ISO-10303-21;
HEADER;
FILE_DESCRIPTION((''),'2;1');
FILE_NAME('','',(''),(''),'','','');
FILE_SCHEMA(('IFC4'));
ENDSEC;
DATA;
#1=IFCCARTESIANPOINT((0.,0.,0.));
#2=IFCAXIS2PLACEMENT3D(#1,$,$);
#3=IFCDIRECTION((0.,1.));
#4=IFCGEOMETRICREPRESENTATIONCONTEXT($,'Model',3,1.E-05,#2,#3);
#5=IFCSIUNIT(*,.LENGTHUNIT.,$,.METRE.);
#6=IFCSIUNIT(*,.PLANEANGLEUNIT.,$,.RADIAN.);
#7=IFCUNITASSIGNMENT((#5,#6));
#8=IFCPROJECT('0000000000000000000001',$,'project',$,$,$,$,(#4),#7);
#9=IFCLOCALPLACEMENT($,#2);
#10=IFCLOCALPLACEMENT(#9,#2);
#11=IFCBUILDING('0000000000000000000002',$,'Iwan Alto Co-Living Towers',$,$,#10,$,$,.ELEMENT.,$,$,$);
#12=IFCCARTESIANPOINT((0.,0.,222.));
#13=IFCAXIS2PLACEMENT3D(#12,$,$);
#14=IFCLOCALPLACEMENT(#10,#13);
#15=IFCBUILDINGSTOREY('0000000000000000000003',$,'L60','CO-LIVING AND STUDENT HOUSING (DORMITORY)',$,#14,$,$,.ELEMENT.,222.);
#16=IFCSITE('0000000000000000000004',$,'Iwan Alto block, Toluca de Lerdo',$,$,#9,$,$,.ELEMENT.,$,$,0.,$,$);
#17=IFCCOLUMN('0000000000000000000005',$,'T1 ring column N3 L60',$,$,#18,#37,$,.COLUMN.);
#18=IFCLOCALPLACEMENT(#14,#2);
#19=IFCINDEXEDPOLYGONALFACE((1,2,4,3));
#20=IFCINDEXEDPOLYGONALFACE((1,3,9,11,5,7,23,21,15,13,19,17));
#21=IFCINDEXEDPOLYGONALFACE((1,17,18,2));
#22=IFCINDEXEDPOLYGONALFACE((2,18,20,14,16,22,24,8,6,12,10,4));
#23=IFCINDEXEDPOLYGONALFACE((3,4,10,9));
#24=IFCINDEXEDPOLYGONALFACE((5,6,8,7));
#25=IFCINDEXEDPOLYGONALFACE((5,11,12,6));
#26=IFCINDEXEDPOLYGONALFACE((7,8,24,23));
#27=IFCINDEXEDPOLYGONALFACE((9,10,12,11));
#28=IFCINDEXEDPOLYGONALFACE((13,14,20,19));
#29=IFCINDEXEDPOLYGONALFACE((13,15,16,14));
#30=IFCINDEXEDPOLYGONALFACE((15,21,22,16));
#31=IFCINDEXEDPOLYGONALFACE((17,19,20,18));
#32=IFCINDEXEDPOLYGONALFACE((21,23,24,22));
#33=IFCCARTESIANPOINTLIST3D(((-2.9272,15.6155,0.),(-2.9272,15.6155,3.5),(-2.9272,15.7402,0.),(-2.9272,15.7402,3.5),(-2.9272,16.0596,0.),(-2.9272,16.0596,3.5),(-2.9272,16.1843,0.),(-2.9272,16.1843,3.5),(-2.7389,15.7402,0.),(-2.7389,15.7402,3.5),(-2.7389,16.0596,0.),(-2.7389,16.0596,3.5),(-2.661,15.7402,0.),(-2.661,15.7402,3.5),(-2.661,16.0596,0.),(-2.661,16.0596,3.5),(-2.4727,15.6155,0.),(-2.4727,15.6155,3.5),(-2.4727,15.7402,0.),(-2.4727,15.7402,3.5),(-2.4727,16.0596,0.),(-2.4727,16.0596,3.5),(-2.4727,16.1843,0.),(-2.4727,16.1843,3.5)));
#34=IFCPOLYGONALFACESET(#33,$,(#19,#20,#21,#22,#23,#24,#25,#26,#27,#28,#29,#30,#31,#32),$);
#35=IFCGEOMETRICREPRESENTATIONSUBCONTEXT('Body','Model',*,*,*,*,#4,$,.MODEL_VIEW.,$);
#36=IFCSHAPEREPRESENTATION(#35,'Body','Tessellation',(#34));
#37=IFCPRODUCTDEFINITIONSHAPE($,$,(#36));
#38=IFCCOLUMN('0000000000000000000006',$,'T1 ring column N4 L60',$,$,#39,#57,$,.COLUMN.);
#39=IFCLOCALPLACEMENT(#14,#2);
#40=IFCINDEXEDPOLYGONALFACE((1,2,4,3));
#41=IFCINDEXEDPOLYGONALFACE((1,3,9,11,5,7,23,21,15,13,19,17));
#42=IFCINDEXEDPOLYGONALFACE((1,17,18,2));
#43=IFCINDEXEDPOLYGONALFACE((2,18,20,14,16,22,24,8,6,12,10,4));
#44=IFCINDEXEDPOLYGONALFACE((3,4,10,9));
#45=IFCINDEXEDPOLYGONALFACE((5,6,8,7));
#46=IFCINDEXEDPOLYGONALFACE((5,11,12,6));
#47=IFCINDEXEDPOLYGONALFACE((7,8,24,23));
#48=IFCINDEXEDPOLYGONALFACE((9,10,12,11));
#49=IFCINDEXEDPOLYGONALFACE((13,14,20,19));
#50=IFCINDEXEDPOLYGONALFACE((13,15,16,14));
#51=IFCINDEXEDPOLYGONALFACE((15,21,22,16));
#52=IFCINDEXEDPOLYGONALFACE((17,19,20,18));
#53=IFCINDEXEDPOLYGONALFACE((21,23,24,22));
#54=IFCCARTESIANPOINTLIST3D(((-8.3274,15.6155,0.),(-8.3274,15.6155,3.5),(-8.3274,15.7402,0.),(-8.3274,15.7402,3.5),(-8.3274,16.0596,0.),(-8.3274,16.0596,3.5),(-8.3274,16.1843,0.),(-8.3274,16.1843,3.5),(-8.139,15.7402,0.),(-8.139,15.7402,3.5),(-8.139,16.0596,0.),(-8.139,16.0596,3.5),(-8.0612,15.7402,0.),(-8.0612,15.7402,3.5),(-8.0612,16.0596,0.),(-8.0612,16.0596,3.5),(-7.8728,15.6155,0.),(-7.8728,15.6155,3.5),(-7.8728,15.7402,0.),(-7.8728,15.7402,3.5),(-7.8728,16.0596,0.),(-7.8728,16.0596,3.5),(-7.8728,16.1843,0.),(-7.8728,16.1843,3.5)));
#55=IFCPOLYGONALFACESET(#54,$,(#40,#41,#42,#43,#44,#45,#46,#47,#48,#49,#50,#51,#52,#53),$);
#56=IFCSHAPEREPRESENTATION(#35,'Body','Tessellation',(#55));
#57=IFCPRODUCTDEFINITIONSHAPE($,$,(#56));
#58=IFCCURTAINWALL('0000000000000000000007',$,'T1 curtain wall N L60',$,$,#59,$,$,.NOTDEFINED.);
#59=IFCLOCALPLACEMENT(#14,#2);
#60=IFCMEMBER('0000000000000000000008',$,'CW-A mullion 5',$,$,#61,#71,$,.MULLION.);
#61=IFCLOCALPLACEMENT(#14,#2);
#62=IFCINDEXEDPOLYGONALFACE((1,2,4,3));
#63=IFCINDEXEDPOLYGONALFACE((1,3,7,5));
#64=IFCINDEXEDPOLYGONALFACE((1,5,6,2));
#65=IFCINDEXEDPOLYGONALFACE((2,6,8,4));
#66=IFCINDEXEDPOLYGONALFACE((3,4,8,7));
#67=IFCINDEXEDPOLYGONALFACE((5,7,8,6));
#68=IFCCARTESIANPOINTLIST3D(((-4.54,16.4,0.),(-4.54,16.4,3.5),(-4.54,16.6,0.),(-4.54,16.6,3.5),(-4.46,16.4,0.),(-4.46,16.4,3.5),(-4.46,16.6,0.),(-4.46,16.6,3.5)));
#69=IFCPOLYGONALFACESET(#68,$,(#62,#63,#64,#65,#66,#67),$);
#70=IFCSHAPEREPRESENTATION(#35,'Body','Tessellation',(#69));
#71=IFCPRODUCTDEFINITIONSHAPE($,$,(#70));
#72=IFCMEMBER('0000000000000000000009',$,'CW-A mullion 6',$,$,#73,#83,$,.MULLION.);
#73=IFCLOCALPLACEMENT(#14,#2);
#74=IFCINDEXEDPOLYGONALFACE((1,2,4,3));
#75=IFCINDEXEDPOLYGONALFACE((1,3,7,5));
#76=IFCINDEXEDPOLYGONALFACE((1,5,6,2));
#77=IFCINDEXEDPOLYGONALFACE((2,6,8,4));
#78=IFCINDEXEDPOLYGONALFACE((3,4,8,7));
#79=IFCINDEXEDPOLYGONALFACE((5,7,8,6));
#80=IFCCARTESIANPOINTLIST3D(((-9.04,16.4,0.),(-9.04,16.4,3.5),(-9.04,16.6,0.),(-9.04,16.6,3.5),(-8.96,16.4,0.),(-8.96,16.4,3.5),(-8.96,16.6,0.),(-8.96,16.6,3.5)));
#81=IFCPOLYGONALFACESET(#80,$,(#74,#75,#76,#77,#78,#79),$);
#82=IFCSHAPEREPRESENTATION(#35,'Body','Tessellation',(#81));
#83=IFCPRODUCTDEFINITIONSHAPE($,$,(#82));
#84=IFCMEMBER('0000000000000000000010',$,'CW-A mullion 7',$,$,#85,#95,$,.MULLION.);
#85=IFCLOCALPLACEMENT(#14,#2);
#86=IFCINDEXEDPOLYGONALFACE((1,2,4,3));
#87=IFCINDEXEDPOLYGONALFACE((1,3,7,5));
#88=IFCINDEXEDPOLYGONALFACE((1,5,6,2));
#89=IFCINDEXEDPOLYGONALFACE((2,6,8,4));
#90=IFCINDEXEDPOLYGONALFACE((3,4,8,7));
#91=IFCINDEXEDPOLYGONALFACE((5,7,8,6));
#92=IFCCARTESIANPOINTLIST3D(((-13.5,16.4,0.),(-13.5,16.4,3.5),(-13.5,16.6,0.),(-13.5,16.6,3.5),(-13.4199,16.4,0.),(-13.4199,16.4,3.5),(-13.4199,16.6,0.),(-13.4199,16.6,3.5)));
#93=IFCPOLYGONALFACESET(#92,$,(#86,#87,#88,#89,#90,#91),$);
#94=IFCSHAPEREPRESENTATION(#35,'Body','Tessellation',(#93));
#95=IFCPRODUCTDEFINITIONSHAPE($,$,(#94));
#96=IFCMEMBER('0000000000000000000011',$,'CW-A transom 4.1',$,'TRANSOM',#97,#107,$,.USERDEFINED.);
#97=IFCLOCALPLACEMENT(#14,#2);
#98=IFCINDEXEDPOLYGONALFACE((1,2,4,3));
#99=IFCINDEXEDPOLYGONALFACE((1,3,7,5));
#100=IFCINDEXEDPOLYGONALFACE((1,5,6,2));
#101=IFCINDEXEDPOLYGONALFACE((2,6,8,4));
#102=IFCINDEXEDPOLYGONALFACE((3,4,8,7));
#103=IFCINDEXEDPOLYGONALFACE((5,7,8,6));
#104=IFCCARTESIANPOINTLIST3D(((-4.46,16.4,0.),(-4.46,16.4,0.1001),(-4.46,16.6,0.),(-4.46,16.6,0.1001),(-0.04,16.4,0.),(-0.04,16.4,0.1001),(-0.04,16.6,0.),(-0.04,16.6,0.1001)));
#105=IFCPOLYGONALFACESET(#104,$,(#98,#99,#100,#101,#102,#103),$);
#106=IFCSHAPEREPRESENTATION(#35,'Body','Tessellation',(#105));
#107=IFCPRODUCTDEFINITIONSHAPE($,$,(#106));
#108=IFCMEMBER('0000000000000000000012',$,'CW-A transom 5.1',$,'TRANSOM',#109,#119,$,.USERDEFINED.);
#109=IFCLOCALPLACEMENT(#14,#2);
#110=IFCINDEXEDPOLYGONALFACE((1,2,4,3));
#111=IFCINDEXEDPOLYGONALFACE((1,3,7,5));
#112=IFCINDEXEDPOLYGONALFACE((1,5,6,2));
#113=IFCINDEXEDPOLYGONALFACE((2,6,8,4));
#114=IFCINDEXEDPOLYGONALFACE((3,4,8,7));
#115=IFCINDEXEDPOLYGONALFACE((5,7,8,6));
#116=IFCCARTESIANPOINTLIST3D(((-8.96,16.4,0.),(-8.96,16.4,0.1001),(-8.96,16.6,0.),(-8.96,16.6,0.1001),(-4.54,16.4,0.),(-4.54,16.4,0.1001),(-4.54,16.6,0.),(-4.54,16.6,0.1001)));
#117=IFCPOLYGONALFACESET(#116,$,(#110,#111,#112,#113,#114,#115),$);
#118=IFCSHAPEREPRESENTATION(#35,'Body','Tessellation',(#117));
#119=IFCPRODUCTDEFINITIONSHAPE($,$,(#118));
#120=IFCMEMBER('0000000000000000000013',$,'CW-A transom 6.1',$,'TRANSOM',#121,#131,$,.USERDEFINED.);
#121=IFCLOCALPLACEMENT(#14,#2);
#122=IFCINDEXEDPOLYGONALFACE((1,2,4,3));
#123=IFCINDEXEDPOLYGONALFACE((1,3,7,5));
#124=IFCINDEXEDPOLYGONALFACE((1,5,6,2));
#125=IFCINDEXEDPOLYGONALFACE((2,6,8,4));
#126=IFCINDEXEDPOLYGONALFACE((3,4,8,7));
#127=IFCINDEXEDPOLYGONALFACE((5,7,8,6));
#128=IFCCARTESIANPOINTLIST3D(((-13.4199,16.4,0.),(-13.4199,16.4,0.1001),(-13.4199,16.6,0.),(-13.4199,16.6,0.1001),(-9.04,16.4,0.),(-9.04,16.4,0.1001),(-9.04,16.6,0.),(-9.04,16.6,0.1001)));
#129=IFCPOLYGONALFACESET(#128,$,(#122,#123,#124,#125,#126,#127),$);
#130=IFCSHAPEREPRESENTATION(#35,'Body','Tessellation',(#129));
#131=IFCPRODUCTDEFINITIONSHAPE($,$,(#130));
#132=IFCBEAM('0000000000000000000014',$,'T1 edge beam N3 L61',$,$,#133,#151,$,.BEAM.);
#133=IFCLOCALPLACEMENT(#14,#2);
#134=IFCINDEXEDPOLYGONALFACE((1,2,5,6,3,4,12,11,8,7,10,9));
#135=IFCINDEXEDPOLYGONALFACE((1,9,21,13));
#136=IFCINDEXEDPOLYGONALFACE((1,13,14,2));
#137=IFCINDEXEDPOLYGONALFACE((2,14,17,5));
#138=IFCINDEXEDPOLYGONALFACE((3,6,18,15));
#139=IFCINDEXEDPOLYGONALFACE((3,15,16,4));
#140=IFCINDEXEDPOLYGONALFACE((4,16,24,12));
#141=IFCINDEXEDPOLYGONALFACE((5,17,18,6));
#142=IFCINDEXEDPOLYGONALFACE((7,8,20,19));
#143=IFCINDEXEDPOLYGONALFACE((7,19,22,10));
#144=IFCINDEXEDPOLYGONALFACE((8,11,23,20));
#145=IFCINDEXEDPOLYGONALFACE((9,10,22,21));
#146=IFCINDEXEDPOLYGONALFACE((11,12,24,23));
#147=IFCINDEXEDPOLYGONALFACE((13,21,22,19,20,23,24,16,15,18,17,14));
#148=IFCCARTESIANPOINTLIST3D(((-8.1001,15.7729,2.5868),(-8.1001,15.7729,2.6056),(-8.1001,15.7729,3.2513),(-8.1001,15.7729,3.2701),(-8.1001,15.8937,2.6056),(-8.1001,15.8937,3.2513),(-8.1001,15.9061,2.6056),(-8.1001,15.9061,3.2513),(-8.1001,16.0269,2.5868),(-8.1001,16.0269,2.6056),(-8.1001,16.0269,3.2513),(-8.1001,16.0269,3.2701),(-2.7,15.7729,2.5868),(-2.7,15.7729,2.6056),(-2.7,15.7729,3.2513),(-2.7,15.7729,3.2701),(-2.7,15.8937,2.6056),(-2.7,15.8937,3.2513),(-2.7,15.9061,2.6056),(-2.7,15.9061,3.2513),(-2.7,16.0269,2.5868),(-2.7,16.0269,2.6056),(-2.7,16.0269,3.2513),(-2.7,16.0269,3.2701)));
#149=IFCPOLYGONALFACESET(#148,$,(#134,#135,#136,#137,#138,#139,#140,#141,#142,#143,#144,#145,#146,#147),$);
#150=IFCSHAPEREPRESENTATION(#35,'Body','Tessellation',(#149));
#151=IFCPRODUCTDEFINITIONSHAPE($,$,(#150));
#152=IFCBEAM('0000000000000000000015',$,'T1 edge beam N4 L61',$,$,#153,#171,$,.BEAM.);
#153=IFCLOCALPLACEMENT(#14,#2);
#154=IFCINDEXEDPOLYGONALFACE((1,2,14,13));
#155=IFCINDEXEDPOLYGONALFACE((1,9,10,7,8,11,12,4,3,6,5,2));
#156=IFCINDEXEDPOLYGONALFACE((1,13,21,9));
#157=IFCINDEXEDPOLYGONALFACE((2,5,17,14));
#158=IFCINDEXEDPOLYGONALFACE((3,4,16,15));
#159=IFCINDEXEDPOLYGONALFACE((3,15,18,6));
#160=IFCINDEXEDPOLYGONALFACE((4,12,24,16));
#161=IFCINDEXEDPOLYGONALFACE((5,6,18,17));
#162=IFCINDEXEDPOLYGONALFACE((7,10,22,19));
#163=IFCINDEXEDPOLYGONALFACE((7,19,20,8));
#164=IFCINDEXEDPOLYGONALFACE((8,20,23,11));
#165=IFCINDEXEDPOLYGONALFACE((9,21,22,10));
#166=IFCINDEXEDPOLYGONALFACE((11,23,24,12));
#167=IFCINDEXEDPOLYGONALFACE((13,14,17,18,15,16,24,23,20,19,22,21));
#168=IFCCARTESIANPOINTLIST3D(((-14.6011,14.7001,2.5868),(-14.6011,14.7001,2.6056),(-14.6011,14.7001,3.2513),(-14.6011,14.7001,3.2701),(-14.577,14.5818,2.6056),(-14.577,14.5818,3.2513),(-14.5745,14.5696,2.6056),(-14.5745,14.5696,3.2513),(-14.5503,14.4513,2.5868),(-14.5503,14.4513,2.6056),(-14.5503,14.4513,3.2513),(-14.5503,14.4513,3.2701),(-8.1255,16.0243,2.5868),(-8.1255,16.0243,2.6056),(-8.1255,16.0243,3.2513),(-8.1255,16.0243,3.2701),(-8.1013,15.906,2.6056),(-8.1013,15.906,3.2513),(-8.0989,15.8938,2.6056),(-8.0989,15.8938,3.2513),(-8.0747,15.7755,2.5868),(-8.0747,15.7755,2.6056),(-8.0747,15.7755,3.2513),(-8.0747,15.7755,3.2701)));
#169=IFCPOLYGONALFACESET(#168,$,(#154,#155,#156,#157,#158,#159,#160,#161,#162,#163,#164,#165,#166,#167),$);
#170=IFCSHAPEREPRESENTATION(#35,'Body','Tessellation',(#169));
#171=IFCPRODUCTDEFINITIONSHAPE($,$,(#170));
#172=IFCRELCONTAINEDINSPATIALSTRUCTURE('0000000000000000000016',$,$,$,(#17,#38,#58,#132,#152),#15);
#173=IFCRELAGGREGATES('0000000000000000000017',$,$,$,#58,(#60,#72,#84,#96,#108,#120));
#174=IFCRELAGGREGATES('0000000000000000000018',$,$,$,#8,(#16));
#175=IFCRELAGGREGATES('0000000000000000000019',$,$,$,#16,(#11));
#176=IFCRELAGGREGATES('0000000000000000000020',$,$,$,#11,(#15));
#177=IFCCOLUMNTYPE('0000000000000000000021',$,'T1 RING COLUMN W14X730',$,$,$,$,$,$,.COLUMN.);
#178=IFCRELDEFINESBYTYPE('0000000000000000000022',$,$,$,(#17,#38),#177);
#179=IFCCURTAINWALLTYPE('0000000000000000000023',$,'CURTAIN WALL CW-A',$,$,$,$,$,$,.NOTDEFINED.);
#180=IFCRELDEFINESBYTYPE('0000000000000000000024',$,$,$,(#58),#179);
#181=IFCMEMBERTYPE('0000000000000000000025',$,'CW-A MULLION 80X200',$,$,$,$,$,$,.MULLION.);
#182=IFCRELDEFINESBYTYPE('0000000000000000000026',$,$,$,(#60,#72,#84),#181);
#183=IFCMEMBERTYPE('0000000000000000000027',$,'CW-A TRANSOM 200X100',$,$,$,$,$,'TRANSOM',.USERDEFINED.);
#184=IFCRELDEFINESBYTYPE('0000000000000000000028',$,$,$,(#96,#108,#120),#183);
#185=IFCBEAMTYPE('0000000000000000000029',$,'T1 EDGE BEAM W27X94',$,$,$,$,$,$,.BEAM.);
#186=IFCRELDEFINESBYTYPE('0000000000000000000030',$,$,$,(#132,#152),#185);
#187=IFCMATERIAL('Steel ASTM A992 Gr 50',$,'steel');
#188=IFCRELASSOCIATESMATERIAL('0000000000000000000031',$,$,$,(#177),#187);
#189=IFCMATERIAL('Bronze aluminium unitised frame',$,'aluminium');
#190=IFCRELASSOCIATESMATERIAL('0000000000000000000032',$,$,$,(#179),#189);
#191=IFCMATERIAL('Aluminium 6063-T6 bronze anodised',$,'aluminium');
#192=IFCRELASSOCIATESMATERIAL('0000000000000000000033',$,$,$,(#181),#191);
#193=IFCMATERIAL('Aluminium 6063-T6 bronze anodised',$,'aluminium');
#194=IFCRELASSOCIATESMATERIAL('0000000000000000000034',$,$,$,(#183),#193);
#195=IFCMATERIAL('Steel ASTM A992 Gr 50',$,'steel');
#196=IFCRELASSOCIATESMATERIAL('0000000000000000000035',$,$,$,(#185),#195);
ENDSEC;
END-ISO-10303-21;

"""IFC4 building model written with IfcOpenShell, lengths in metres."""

from ifc_helpers import new_model, si_unit, direction, frame, origin, origin_2d, place, context, subcontext, project, spatial, rectangle, i_section, extrude, material, material_profile, profile_set, type_object, element, aggregate, save


model = new_model("IFC4")

# Units and contexts
model_context = context("Model", 3, precision=1e-05, world=origin(), true_north=direction((0.0, 1.0)))
body_context = subcontext(model_context, "Body", "Model", "MODEL_VIEW")
ifc_project = project(units=[si_unit("LENGTHUNIT", "METRE"), si_unit("PLANEANGLEUNIT", "RADIAN")], contexts=[model_context])

# Site, building, storey
site_placement = place(None, origin())
site = spatial("IfcSite", under=ifc_project, at=site_placement, Name="Iwan Alto block, Toluca de Lerdo", CompositionType="ELEMENT", RefElevation=0.0)
building_placement = place(site_placement, origin())
building = spatial("IfcBuilding", under=site, at=building_placement, Name="Iwan Alto Co-Living Towers", CompositionType="ELEMENT")
storey_placement = place(building_placement, frame((0.0, 0.0, 222.0)))
storey = spatial("IfcBuildingStorey", under=building, at=storey_placement, Name="L60", Description="CO-LIVING AND STUDENT HOUSING (DORMITORY)", CompositionType="ELEMENT", Elevation=222.0)

# Columns
ifc_material_1 = material(Name="Steel ASTM A992 Gr 50", Category="steel")
ifc_material_profile_1 = material_profile(ifc_material_1, i_section(OverallWidth=0.4546, OverallDepth=0.5688, WebThickness=0.0779, FlangeThickness=0.1248, at=origin_2d()), Name="W14X730")
ifc_profile_set_1 = profile_set([ifc_material_profile_1], Name="Steel ASTM A992 Gr 50")
column_type = type_object("IfcColumnType", Name="T1 RING COLUMN W14X730", PredefinedType="COLUMN", material=ifc_profile_set_1)
for number, where, z_axis, x_axis, name in (
    (1, (-2.7, 15.8999, 0.0), (0.0, 0.0, 1.0), (1.0, 0.0, 0.0), "T1 ring column N3 L60"),
    (2, (-8.1001, 15.8999, 0.0), (0.0, 0.0, 1.0), (1.0, 0.0, 0.0), "T1 ring column N4 L60"),
):
    element("IfcColumn", number, at=place(storey_placement, frame(where, z_axis=z_axis, x_axis=x_axis)), inside=storey, type_object=column_type, Name=name, PredefinedType="COLUMN", context=body_context, shape_type="SweptSolid", body=[
        extrude(i_section(OverallWidth=0.4546, OverallDepth=0.5688, WebThickness=0.0779, FlangeThickness=0.1248, at=origin_2d()), origin(), (0.0, 0.0, 1.0), 3.5),
    ])

# Curtain wall, members
ifc_material_2 = material(Name="Bronze aluminium unitised frame", Category="aluminium")
curtain_wall_type = type_object("IfcCurtainWallType", Name="CURTAIN WALL CW-A", PredefinedType="NOTDEFINED", material=ifc_material_2)
curtain_wall_placement = place(storey_placement, origin())
curtain_wall = element("IfcCurtainWall", 3, at=curtain_wall_placement, inside=storey, type_object=curtain_wall_type, Name="T1 curtain wall N L60", PredefinedType="NOTDEFINED")
ifc_material_3 = material(Name="Aluminium 6063-T6 bronze anodised", Category="aluminium")
ifc_material_profile_2 = material_profile(ifc_material_3, rectangle(XDim=0.2, YDim=0.0801, at=origin_2d()), Name="AL 80X200")
ifc_profile_set_2 = profile_set([ifc_material_profile_2], Name="Aluminium 6063-T6 bronze anodised")
member_type_1 = type_object("IfcMemberType", Name="CW-A MULLION 80X200", PredefinedType="MULLION", material=ifc_profile_set_2)
member_1_placement = place(storey_placement, frame((-4.5, 16.5, 0.0), z_axis=(0.0, 0.0, 1.0), x_axis=(0.0, -1.0, 0.0)))
member_1 = element("IfcMember", 4, at=member_1_placement, type_object=member_type_1, Name="CW-A mullion 5", PredefinedType="MULLION", context=body_context, shape_type="SweptSolid", body=[
    extrude(rectangle(XDim=0.2, YDim=0.0801, at=origin_2d()), origin(), (0.0, 0.0, 1.0), 3.5),
])
member_2_placement = place(storey_placement, frame((-9.0, 16.5, 0.0), z_axis=(0.0, 0.0, 1.0), x_axis=(0.0, -1.0, 0.0)))
member_2 = element("IfcMember", 5, at=member_2_placement, type_object=member_type_1, Name="CW-A mullion 6", PredefinedType="MULLION", context=body_context, shape_type="SweptSolid", body=[
    extrude(rectangle(XDim=0.2, YDim=0.0801, at=origin_2d()), origin(), (0.0, 0.0, 1.0), 3.5),
])
member_3_placement = place(storey_placement, frame((-13.46, 16.5, 0.0), z_axis=(0.0, 0.0, 1.0), x_axis=(0.0, -1.0, 0.0)))
member_3 = element("IfcMember", 6, at=member_3_placement, type_object=member_type_1, Name="CW-A mullion 7", PredefinedType="MULLION", context=body_context, shape_type="SweptSolid", body=[
    extrude(rectangle(XDim=0.2, YDim=0.0801, at=origin_2d()), origin(), (0.0, 0.0, 1.0), 3.5),
])
ifc_material_4 = material(Name="Aluminium 6063-T6 bronze anodised", Category="aluminium")
ifc_material_profile_3 = material_profile(ifc_material_4, rectangle(XDim=0.2, YDim=0.1001, at=origin_2d()), Name="AL 200X100")
ifc_profile_set_3 = profile_set([ifc_material_profile_3], Name="Aluminium 6063-T6 bronze anodised")
member_type_2 = type_object("IfcMemberType", Name="CW-A TRANSOM 200X100", ElementType="TRANSOM", PredefinedType="USERDEFINED", material=ifc_profile_set_3)
member_4_placement = place(storey_placement, frame((-0.04, 16.5, 0.05), z_axis=(-1.0, 0.0, 0.0), x_axis=(0.0, -1.0, 0.0)))
member_4 = element("IfcMember", 7, at=member_4_placement, type_object=member_type_2, Name="CW-A transom 4.1", ObjectType="TRANSOM", PredefinedType="USERDEFINED", context=body_context, shape_type="SweptSolid", body=[
    extrude(rectangle(XDim=0.2, YDim=0.1001, at=origin_2d()), origin(), (0.0, 0.0, 1.0), 4.4199),
])
member_5_placement = place(storey_placement, frame((-4.54, 16.5, 0.05), z_axis=(-1.0, 0.0, 0.0), x_axis=(0.0, -1.0, 0.0)))
member_5 = element("IfcMember", 8, at=member_5_placement, type_object=member_type_2, Name="CW-A transom 5.1", ObjectType="TRANSOM", PredefinedType="USERDEFINED", context=body_context, shape_type="SweptSolid", body=[
    extrude(rectangle(XDim=0.2, YDim=0.1001, at=origin_2d()), origin(), (0.0, 0.0, 1.0), 4.4199),
])
member_6_placement = place(storey_placement, frame((-9.04, 16.5, 0.05), z_axis=(-1.0, 0.0, 0.0), x_axis=(0.0, -1.0, 0.0)))
member_6 = element("IfcMember", 9, at=member_6_placement, type_object=member_type_2, Name="CW-A transom 6.1", ObjectType="TRANSOM", PredefinedType="USERDEFINED", context=body_context, shape_type="SweptSolid", body=[
    extrude(rectangle(XDim=0.2, YDim=0.1001, at=origin_2d()), origin(), (0.0, 0.0, 1.0), 4.3799),
])

# Beams
ifc_material_5 = material(Name="Steel ASTM A992 Gr 50", Category="steel")
ifc_material_profile_4 = material_profile(ifc_material_5, i_section(OverallWidth=0.2539, OverallDepth=0.6833, WebThickness=0.0125, FlangeThickness=0.0188, at=origin_2d()), Name="W27X94")
ifc_profile_set_4 = profile_set([ifc_material_profile_4], Name="Steel ASTM A992 Gr 50")
beam_type_1 = type_object("IfcBeamType", Name="T1 EDGE BEAM W27X94", PredefinedType="BEAM", material=ifc_profile_set_4)
beam_1_placement = place(storey_placement, frame((-2.7, 15.8999, 2.9285), z_axis=(-1.0, 0.0, 0.0), x_axis=(0.0, -1.0, 0.0)))
element("IfcBeam", 10, at=beam_1_placement, inside=storey, type_object=beam_type_1, Name="T1 edge beam N3 L61", PredefinedType="BEAM", context=body_context, shape_type="SweptSolid", body=[
    extrude(i_section(OverallWidth=0.2539, OverallDepth=0.6833, WebThickness=0.0125, FlangeThickness=0.0188, at=origin_2d()), origin(), (0.0, 0.0, 1.0), 5.4001),
])
beam_2_placement = place(storey_placement, frame((-8.1001, 15.8999, 2.9285), z_axis=(-0.979725, -0.200348, 0.0), x_axis=(0.200348, -0.979725, 0.0)))
element("IfcBeam", 11, at=beam_2_placement, inside=storey, type_object=beam_type_1, Name="T1 edge beam N4 L61", PredefinedType="BEAM", context=body_context, shape_type="SweptSolid", body=[
    extrude(i_section(OverallWidth=0.2539, OverallDepth=0.6833, WebThickness=0.0125, FlangeThickness=0.0188, at=origin_2d()), origin(), (0.0, 0.0, 1.0), 6.6096),
])

aggregate(curtain_wall, [member_1, member_2, member_3, member_4, member_5, member_6])

save(model, "model.ifc")
